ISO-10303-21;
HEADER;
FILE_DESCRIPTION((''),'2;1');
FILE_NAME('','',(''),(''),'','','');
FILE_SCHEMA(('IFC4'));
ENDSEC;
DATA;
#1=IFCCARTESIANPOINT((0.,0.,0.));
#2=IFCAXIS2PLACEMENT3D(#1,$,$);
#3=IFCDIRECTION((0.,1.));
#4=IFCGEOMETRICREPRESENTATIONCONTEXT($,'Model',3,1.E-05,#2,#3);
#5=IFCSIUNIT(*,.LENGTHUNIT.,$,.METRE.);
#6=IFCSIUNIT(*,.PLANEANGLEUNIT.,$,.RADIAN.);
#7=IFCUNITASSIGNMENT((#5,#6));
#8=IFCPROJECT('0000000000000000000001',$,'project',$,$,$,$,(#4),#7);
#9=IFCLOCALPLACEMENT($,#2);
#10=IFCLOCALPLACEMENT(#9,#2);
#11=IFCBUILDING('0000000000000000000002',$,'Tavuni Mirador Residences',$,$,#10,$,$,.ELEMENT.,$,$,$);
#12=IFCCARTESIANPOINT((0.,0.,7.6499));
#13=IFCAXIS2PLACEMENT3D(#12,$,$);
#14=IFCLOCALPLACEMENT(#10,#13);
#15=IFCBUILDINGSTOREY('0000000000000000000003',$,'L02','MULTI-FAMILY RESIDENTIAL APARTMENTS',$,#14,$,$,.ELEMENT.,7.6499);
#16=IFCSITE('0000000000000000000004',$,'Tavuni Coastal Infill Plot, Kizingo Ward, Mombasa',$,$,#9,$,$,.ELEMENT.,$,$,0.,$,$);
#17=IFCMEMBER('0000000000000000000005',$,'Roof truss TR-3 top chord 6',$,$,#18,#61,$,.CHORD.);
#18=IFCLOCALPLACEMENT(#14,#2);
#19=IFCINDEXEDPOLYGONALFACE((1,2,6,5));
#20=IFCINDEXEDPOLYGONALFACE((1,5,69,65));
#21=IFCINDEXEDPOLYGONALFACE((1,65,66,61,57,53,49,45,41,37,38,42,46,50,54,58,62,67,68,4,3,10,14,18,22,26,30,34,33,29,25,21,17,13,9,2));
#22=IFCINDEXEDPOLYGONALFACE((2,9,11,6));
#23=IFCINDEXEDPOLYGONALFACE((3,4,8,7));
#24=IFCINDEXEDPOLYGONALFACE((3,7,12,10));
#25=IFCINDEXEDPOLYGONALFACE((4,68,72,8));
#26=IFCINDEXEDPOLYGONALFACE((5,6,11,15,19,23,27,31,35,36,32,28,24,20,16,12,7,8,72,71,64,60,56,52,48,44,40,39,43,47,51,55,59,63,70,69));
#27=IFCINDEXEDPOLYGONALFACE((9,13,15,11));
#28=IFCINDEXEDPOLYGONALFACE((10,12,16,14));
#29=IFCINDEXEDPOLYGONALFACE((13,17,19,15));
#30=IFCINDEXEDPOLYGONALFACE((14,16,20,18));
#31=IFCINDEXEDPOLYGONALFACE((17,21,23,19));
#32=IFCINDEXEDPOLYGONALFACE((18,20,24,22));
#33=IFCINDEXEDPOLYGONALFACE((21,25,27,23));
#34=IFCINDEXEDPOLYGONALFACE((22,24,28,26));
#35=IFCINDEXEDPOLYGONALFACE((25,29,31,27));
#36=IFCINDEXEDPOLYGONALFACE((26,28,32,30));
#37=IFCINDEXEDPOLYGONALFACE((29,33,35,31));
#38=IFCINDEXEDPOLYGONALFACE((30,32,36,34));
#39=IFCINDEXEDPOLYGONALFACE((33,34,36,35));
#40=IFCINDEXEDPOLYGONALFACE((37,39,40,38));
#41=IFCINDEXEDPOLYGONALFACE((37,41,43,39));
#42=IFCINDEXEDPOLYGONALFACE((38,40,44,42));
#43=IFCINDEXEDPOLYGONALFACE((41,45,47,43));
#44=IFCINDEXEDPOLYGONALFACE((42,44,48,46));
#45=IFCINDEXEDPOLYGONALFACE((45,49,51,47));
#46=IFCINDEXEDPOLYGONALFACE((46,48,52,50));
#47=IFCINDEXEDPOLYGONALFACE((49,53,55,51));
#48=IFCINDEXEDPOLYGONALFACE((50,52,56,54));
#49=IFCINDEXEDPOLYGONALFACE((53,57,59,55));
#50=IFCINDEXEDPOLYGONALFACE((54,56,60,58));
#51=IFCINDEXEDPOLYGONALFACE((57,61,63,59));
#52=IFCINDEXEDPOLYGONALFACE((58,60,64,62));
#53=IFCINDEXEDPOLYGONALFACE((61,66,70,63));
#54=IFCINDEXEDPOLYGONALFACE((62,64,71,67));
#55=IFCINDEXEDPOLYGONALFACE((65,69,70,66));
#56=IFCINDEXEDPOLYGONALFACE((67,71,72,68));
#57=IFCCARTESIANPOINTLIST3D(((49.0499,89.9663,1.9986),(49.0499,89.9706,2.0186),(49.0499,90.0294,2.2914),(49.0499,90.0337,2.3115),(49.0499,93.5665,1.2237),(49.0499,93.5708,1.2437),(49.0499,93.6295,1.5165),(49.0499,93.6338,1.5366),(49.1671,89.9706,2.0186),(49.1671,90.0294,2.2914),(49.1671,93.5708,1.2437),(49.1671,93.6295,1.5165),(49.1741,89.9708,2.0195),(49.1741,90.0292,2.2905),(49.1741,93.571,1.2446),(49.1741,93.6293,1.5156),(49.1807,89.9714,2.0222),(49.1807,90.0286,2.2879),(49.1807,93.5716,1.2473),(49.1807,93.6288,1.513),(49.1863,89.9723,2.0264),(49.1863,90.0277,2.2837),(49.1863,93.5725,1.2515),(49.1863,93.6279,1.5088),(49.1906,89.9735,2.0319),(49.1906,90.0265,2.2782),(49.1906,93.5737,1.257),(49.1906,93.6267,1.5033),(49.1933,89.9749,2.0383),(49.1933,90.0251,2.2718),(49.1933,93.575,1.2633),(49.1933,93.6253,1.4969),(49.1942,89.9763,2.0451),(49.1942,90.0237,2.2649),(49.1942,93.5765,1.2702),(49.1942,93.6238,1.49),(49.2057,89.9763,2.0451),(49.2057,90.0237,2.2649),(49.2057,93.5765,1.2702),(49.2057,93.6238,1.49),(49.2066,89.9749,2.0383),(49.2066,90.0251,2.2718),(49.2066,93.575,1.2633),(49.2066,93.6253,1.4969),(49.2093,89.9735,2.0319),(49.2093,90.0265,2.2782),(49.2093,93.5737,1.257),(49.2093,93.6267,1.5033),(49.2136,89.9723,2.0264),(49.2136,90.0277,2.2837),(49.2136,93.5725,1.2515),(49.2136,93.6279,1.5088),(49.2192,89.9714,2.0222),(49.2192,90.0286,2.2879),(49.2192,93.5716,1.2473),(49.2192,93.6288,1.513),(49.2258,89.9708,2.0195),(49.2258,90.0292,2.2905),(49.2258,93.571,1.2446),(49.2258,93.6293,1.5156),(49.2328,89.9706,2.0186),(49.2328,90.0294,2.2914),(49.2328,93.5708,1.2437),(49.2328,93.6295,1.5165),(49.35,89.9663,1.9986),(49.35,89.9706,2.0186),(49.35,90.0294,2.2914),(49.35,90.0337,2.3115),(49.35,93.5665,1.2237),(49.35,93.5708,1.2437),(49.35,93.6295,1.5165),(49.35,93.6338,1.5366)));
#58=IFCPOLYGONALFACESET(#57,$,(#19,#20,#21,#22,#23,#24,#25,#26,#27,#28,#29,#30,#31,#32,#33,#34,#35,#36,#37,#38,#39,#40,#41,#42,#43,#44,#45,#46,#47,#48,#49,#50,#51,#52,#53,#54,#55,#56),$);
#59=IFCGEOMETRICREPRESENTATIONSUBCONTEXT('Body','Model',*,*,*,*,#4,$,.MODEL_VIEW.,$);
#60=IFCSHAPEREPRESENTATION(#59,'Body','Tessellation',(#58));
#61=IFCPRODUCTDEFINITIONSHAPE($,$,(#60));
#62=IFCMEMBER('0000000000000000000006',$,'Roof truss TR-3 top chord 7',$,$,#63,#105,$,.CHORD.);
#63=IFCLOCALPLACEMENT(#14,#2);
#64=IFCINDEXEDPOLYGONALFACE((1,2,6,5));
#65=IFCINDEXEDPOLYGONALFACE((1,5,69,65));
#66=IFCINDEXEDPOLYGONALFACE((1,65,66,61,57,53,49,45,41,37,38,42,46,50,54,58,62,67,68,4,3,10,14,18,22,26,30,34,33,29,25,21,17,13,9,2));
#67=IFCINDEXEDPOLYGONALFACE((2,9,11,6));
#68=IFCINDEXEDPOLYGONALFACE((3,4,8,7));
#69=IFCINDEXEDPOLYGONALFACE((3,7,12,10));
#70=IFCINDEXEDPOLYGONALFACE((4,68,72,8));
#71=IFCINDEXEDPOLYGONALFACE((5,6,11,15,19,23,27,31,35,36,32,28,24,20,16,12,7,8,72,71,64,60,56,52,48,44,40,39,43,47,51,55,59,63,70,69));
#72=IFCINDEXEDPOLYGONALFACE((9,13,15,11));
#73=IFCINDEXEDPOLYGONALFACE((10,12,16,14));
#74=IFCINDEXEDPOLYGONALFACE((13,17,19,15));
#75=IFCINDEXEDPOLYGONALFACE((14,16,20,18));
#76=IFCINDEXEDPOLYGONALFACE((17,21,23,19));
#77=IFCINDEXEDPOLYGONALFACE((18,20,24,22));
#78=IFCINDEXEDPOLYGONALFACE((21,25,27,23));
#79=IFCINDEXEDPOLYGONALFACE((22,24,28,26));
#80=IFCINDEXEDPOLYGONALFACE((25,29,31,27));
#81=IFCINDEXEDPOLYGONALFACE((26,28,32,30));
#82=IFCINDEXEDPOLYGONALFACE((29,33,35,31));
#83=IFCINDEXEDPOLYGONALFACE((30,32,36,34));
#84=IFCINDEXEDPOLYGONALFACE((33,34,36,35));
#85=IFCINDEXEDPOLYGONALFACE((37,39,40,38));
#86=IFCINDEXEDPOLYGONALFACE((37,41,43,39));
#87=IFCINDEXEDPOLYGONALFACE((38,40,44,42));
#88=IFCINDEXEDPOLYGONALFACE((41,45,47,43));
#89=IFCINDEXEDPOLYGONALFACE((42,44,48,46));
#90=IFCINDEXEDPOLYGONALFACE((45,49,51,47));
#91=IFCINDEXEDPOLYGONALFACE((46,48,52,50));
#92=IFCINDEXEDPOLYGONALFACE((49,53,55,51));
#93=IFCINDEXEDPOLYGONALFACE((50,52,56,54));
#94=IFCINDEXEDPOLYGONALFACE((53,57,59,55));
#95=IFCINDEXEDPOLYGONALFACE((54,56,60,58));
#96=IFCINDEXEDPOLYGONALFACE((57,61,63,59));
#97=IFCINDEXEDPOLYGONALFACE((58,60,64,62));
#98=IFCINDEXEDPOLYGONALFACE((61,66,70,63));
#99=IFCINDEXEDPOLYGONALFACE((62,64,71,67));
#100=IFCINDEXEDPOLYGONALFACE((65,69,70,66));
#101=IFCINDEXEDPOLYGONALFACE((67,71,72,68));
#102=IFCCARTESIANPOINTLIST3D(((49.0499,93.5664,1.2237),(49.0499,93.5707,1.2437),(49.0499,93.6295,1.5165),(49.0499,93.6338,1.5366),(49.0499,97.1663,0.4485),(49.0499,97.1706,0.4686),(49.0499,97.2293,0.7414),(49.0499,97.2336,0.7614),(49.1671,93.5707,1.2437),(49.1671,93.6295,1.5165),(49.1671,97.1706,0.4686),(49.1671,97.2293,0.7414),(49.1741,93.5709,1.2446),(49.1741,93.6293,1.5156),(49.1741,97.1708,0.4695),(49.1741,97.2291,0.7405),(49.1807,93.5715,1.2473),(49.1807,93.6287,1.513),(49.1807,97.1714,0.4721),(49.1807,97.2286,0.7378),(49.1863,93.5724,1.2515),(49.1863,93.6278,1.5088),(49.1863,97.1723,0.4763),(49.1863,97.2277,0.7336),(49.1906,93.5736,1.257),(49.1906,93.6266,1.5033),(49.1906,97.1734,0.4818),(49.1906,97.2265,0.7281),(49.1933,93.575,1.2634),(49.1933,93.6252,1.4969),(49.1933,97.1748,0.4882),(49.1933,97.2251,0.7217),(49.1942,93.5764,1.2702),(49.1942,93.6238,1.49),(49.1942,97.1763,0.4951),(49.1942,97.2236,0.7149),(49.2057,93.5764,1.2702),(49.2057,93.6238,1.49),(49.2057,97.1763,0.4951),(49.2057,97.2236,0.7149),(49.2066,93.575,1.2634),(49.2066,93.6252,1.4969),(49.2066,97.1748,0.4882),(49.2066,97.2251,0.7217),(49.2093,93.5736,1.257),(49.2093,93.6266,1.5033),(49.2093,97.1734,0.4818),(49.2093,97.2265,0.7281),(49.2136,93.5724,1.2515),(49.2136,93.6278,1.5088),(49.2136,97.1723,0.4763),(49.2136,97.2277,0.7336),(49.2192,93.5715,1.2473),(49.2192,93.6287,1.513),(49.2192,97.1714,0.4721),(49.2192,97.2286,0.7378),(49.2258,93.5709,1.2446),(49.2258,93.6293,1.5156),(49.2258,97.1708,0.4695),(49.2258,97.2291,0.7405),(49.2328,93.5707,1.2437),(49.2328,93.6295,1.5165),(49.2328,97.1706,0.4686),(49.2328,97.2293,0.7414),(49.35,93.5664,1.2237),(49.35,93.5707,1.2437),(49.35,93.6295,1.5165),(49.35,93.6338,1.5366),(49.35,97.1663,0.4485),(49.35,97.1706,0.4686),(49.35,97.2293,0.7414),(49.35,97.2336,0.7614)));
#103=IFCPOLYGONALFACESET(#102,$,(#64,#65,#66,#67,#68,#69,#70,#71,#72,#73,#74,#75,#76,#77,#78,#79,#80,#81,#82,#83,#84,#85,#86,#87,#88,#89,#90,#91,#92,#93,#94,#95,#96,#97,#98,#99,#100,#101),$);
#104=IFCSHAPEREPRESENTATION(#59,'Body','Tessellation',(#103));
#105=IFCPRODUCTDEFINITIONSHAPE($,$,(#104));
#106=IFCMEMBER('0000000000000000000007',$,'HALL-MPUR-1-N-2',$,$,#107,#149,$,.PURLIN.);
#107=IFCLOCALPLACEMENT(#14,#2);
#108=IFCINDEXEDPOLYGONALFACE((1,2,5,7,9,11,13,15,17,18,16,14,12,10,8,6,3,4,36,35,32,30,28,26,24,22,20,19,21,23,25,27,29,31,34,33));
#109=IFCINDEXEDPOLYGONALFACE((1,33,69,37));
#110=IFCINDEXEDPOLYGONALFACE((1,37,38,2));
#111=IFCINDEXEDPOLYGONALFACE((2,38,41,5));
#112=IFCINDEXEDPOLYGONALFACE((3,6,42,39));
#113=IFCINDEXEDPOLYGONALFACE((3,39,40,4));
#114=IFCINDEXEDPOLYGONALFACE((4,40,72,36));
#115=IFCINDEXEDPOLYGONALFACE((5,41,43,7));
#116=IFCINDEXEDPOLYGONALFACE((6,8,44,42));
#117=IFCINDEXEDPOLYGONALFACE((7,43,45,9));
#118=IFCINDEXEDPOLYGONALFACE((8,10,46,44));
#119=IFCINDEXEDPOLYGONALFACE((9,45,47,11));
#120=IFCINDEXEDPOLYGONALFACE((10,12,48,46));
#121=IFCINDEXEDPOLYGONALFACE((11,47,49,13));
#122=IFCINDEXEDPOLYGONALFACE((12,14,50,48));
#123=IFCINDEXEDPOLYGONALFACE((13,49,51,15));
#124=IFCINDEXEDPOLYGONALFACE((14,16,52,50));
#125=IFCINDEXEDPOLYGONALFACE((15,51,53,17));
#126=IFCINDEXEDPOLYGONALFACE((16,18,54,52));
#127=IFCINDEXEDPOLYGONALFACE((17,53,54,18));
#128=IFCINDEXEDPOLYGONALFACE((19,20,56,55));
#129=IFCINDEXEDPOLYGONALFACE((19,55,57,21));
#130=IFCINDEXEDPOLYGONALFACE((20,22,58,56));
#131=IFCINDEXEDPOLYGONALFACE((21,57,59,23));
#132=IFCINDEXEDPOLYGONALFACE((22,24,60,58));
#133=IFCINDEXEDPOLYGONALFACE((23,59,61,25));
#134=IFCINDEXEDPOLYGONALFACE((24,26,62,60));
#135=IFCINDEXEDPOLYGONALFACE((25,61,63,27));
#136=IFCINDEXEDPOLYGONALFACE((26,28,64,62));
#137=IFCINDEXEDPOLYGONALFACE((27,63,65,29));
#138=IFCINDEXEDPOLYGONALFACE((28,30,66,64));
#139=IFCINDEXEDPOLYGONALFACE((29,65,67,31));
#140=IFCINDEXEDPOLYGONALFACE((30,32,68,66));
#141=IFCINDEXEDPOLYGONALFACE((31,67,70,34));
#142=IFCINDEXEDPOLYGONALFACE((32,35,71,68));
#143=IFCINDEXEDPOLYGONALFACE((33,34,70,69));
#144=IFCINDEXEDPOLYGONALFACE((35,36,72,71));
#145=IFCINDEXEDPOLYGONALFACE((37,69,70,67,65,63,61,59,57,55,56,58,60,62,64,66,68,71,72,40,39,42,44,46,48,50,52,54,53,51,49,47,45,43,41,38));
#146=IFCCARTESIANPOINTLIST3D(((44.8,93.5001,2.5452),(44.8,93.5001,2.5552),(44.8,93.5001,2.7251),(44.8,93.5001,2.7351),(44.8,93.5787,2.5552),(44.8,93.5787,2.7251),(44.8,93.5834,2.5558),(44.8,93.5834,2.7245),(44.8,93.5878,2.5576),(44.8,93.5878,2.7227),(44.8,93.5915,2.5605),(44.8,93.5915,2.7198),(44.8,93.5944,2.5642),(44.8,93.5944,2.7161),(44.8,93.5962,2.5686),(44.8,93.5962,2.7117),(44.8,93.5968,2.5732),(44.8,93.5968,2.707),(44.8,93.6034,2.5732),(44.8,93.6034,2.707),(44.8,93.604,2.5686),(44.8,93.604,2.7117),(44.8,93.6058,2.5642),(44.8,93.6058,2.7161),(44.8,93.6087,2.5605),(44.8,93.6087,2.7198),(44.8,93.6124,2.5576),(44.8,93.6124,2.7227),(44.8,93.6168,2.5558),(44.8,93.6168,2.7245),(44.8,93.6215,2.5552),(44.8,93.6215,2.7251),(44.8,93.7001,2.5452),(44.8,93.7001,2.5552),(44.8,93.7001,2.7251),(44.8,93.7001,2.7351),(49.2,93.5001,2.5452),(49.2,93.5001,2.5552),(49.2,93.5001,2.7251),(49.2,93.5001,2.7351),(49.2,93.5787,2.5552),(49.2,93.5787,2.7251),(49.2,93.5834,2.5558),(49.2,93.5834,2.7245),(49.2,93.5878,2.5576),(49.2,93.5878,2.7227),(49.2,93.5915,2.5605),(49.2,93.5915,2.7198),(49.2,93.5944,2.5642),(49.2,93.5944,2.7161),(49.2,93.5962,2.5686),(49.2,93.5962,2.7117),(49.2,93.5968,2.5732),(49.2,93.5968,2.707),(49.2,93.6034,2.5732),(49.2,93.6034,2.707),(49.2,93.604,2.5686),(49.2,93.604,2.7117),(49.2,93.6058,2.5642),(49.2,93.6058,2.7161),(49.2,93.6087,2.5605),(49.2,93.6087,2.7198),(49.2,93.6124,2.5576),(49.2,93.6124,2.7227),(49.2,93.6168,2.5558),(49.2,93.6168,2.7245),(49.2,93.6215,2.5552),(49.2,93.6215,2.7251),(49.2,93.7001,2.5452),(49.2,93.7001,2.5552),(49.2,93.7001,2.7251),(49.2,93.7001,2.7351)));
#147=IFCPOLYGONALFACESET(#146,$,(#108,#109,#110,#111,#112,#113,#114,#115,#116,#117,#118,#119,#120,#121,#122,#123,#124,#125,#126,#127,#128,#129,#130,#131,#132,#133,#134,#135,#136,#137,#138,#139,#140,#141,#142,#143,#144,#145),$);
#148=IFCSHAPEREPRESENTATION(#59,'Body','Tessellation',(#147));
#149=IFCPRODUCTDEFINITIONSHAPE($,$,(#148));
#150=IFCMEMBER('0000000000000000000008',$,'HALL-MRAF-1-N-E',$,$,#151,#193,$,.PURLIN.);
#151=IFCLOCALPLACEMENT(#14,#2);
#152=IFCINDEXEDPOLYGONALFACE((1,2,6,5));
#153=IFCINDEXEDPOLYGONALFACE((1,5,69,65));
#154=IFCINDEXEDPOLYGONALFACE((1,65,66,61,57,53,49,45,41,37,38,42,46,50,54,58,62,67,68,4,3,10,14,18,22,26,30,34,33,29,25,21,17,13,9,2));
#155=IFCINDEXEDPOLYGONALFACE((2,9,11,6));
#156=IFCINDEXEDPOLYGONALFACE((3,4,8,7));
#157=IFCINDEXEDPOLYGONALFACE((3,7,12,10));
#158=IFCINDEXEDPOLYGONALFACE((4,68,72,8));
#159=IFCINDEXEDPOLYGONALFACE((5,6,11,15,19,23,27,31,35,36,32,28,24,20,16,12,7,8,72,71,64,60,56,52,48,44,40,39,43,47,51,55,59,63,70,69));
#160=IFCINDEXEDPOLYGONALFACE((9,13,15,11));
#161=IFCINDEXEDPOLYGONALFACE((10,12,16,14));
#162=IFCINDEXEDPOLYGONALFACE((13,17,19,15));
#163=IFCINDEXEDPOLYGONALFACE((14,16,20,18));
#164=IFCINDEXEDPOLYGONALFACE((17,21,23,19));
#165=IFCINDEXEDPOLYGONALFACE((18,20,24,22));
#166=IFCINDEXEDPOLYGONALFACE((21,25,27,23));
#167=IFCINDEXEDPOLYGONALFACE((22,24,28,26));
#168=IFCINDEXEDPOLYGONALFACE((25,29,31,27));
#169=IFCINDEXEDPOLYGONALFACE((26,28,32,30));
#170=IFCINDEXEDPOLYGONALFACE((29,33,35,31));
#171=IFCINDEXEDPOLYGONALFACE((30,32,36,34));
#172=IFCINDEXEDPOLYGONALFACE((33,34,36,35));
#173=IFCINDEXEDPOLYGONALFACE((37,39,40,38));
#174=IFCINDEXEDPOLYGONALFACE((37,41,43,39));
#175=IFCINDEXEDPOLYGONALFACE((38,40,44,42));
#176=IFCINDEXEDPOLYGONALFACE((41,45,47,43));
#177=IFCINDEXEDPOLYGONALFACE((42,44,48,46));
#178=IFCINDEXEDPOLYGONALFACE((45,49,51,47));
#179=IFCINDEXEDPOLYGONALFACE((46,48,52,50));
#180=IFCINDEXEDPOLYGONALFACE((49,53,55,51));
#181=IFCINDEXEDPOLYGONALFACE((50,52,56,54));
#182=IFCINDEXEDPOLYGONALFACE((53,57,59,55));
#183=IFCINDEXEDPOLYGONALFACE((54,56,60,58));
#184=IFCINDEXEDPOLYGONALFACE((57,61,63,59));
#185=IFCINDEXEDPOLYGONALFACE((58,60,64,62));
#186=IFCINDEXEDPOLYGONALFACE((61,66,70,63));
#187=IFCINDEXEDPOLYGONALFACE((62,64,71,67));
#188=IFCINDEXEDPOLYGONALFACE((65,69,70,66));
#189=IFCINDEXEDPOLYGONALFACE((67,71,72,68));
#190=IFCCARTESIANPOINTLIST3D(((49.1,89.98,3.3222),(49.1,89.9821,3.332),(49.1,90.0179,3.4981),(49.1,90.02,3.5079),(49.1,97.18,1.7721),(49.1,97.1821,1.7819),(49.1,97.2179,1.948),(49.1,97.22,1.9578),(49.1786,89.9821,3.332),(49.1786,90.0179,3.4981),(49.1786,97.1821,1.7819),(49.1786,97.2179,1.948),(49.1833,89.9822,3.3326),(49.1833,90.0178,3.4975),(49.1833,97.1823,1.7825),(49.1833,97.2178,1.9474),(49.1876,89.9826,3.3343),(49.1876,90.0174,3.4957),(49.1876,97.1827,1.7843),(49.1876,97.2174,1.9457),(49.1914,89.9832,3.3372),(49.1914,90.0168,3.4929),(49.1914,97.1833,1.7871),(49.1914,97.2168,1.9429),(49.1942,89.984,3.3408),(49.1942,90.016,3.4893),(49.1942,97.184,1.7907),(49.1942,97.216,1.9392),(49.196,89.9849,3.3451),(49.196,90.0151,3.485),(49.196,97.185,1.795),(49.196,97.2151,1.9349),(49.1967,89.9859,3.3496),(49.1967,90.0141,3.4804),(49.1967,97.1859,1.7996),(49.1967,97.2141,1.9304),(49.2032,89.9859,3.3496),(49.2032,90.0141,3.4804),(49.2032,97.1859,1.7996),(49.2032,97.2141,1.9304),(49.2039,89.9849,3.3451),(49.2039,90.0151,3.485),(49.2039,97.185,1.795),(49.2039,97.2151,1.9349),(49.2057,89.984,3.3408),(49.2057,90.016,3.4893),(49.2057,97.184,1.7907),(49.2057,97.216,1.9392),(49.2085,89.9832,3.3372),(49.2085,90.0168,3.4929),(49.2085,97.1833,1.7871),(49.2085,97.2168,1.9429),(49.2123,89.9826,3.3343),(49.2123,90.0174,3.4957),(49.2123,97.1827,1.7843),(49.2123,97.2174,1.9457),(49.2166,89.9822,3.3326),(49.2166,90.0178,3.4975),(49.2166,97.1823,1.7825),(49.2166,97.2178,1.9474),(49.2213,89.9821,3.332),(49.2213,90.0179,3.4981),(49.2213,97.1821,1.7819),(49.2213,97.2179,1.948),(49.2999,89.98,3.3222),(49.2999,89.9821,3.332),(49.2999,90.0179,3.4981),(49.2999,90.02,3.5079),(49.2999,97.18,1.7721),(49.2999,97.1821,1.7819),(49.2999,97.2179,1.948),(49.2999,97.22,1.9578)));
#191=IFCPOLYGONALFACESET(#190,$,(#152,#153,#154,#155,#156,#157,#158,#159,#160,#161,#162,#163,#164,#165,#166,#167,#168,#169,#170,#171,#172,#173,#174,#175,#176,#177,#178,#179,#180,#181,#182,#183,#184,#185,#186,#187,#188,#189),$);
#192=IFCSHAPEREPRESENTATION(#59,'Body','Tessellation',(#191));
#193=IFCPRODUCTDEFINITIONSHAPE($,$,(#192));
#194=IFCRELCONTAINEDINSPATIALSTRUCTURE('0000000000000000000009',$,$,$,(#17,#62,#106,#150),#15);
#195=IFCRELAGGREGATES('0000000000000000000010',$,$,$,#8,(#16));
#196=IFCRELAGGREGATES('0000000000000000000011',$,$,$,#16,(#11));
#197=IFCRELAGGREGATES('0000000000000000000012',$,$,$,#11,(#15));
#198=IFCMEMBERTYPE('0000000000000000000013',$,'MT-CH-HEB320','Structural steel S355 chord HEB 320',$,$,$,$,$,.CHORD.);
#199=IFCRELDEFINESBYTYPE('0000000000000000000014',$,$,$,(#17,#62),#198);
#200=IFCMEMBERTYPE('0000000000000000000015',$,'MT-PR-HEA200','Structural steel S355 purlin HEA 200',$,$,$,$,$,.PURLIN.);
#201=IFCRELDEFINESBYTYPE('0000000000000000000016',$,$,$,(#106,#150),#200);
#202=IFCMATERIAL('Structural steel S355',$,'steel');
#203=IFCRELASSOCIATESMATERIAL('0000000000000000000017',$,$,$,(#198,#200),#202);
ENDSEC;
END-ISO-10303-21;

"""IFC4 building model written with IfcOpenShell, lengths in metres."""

from ifc_helpers import new_model, si_unit, direction, frame, origin, origin_2d, place, context, subcontext, project, spatial, i_section, extrude, material, material_profile, profile_set, type_object, element, save


model = new_model("IFC4")

# Units and contexts
model_context = context("Model", 3, precision=1e-05, world=origin(), true_north=direction((0.0, 1.0)))
body_context = subcontext(model_context, "Body", "Model", "MODEL_VIEW")
ifc_project = project(units=[si_unit("LENGTHUNIT", "METRE"), si_unit("PLANEANGLEUNIT", "RADIAN")], contexts=[model_context])

# Site, building, storey
site_placement = place(None, origin())
site = spatial("IfcSite", under=ifc_project, at=site_placement, Name="Tavuni Coastal Infill Plot, Kizingo Ward, Mombasa", CompositionType="ELEMENT", RefElevation=0.0)
building_placement = place(site_placement, origin())
building = spatial("IfcBuilding", under=site, at=building_placement, Name="Tavuni Mirador Residences", CompositionType="ELEMENT")
storey_placement = place(building_placement, frame((0.0, 0.0, 7.6499)))
storey = spatial("IfcBuildingStorey", under=building, at=storey_placement, Name="L02", Description="MULTI-FAMILY RESIDENTIAL APARTMENTS", CompositionType="ELEMENT", Elevation=7.6499)

# Members
ifc_material_1 = material(Name="Structural steel S355", Category="steel")
ifc_material_profile_1 = material_profile(ifc_material_1, i_section(OverallWidth=0.3, OverallDepth=0.3201, WebThickness=0.0115, FlangeThickness=0.0205, FilletRadius=0.0271, at=origin_2d()), Name="HEB 320", Category="steel")
ifc_profile_set_1 = profile_set([ifc_material_profile_1], Name="Structural steel S355")
member_type_1 = type_object("IfcMemberType", Name="MT-CH-HEB320", Description="Structural steel S355 chord HEB 320", PredefinedType="CHORD", material=ifc_profile_set_1)
member_1_placement = place(storey_placement, frame((49.2, 90.0, 2.155), z_axis=(0.0, 0.97761, -0.210425), x_axis=(-1.0, 0.0, 0.0)))
element("IfcMember", 1, at=member_1_placement, inside=storey, type_object=member_type_1, Name="Roof truss TR-3 top chord 6", PredefinedType="CHORD", context=body_context, shape_type="SweptSolid", body=[
    extrude(i_section(OverallWidth=0.3, OverallDepth=0.3201, WebThickness=0.0115, FlangeThickness=0.0205, FilletRadius=0.0271, at=origin_2d()), origin(), (0.0, 0.0, 1.0), 3.6826),
])
member_2_placement = place(storey_placement, frame((49.2, 93.6001, 1.3801), z_axis=(0.0, 0.977593, -0.210502), x_axis=(-1.0, 0.0, 0.0)))
element("IfcMember", 2, at=member_2_placement, inside=storey, type_object=member_type_1, Name="Roof truss TR-3 top chord 7", PredefinedType="CHORD", context=body_context, shape_type="SweptSolid", body=[
    extrude(i_section(OverallWidth=0.3, OverallDepth=0.3201, WebThickness=0.0115, FlangeThickness=0.0205, FilletRadius=0.0271, at=origin_2d()), origin(), (0.0, 0.0, 1.0), 3.6824),
])
ifc_material_profile_2 = material_profile(ifc_material_1, i_section(OverallWidth=0.2, OverallDepth=0.1899, WebThickness=0.0066, FlangeThickness=0.01, FilletRadius=0.0181, at=origin_2d()), Name="HEA 200", Category="steel")
ifc_profile_set_2 = profile_set([ifc_material_profile_2], Name="Structural steel S355")
member_type_2 = type_object("IfcMemberType", Name="MT-PR-HEA200", Description="Structural steel S355 purlin HEA 200", PredefinedType="PURLIN", material=ifc_profile_set_2)
member_3_placement = place(storey_placement, frame((44.8, 93.6001, 2.6401), z_axis=(1.0, 0.0, 0.0), x_axis=(0.0, 1.0, 0.0)))
element("IfcMember", 3, at=member_3_placement, inside=storey, type_object=member_type_2, Name="HALL-MPUR-1-N-2", PredefinedType="PURLIN", context=body_context, shape_type="SweptSolid", body=[
    extrude(i_section(OverallWidth=0.2, OverallDepth=0.1899, WebThickness=0.0066, FlangeThickness=0.01, FilletRadius=0.0181, at=origin_2d()), origin(), (0.0, 0.0, 1.0), 4.3999),
])
member_4_placement = place(storey_placement, frame((49.2, 90.0, 3.415), z_axis=(0.0, 0.977602, -0.210464), x_axis=(-1.0, 0.0, 0.0)))
element("IfcMember", 4, at=member_4_placement, inside=storey, type_object=member_type_2, Name="HALL-MRAF-1-N-E", PredefinedType="PURLIN", context=body_context, shape_type="SweptSolid", body=[
    extrude(i_section(OverallWidth=0.2, OverallDepth=0.1899, WebThickness=0.0066, FlangeThickness=0.01, FilletRadius=0.0181, at=origin_2d()), origin(), (0.0, 0.0, 1.0), 7.365),
])

save(model, "model.ifc")
